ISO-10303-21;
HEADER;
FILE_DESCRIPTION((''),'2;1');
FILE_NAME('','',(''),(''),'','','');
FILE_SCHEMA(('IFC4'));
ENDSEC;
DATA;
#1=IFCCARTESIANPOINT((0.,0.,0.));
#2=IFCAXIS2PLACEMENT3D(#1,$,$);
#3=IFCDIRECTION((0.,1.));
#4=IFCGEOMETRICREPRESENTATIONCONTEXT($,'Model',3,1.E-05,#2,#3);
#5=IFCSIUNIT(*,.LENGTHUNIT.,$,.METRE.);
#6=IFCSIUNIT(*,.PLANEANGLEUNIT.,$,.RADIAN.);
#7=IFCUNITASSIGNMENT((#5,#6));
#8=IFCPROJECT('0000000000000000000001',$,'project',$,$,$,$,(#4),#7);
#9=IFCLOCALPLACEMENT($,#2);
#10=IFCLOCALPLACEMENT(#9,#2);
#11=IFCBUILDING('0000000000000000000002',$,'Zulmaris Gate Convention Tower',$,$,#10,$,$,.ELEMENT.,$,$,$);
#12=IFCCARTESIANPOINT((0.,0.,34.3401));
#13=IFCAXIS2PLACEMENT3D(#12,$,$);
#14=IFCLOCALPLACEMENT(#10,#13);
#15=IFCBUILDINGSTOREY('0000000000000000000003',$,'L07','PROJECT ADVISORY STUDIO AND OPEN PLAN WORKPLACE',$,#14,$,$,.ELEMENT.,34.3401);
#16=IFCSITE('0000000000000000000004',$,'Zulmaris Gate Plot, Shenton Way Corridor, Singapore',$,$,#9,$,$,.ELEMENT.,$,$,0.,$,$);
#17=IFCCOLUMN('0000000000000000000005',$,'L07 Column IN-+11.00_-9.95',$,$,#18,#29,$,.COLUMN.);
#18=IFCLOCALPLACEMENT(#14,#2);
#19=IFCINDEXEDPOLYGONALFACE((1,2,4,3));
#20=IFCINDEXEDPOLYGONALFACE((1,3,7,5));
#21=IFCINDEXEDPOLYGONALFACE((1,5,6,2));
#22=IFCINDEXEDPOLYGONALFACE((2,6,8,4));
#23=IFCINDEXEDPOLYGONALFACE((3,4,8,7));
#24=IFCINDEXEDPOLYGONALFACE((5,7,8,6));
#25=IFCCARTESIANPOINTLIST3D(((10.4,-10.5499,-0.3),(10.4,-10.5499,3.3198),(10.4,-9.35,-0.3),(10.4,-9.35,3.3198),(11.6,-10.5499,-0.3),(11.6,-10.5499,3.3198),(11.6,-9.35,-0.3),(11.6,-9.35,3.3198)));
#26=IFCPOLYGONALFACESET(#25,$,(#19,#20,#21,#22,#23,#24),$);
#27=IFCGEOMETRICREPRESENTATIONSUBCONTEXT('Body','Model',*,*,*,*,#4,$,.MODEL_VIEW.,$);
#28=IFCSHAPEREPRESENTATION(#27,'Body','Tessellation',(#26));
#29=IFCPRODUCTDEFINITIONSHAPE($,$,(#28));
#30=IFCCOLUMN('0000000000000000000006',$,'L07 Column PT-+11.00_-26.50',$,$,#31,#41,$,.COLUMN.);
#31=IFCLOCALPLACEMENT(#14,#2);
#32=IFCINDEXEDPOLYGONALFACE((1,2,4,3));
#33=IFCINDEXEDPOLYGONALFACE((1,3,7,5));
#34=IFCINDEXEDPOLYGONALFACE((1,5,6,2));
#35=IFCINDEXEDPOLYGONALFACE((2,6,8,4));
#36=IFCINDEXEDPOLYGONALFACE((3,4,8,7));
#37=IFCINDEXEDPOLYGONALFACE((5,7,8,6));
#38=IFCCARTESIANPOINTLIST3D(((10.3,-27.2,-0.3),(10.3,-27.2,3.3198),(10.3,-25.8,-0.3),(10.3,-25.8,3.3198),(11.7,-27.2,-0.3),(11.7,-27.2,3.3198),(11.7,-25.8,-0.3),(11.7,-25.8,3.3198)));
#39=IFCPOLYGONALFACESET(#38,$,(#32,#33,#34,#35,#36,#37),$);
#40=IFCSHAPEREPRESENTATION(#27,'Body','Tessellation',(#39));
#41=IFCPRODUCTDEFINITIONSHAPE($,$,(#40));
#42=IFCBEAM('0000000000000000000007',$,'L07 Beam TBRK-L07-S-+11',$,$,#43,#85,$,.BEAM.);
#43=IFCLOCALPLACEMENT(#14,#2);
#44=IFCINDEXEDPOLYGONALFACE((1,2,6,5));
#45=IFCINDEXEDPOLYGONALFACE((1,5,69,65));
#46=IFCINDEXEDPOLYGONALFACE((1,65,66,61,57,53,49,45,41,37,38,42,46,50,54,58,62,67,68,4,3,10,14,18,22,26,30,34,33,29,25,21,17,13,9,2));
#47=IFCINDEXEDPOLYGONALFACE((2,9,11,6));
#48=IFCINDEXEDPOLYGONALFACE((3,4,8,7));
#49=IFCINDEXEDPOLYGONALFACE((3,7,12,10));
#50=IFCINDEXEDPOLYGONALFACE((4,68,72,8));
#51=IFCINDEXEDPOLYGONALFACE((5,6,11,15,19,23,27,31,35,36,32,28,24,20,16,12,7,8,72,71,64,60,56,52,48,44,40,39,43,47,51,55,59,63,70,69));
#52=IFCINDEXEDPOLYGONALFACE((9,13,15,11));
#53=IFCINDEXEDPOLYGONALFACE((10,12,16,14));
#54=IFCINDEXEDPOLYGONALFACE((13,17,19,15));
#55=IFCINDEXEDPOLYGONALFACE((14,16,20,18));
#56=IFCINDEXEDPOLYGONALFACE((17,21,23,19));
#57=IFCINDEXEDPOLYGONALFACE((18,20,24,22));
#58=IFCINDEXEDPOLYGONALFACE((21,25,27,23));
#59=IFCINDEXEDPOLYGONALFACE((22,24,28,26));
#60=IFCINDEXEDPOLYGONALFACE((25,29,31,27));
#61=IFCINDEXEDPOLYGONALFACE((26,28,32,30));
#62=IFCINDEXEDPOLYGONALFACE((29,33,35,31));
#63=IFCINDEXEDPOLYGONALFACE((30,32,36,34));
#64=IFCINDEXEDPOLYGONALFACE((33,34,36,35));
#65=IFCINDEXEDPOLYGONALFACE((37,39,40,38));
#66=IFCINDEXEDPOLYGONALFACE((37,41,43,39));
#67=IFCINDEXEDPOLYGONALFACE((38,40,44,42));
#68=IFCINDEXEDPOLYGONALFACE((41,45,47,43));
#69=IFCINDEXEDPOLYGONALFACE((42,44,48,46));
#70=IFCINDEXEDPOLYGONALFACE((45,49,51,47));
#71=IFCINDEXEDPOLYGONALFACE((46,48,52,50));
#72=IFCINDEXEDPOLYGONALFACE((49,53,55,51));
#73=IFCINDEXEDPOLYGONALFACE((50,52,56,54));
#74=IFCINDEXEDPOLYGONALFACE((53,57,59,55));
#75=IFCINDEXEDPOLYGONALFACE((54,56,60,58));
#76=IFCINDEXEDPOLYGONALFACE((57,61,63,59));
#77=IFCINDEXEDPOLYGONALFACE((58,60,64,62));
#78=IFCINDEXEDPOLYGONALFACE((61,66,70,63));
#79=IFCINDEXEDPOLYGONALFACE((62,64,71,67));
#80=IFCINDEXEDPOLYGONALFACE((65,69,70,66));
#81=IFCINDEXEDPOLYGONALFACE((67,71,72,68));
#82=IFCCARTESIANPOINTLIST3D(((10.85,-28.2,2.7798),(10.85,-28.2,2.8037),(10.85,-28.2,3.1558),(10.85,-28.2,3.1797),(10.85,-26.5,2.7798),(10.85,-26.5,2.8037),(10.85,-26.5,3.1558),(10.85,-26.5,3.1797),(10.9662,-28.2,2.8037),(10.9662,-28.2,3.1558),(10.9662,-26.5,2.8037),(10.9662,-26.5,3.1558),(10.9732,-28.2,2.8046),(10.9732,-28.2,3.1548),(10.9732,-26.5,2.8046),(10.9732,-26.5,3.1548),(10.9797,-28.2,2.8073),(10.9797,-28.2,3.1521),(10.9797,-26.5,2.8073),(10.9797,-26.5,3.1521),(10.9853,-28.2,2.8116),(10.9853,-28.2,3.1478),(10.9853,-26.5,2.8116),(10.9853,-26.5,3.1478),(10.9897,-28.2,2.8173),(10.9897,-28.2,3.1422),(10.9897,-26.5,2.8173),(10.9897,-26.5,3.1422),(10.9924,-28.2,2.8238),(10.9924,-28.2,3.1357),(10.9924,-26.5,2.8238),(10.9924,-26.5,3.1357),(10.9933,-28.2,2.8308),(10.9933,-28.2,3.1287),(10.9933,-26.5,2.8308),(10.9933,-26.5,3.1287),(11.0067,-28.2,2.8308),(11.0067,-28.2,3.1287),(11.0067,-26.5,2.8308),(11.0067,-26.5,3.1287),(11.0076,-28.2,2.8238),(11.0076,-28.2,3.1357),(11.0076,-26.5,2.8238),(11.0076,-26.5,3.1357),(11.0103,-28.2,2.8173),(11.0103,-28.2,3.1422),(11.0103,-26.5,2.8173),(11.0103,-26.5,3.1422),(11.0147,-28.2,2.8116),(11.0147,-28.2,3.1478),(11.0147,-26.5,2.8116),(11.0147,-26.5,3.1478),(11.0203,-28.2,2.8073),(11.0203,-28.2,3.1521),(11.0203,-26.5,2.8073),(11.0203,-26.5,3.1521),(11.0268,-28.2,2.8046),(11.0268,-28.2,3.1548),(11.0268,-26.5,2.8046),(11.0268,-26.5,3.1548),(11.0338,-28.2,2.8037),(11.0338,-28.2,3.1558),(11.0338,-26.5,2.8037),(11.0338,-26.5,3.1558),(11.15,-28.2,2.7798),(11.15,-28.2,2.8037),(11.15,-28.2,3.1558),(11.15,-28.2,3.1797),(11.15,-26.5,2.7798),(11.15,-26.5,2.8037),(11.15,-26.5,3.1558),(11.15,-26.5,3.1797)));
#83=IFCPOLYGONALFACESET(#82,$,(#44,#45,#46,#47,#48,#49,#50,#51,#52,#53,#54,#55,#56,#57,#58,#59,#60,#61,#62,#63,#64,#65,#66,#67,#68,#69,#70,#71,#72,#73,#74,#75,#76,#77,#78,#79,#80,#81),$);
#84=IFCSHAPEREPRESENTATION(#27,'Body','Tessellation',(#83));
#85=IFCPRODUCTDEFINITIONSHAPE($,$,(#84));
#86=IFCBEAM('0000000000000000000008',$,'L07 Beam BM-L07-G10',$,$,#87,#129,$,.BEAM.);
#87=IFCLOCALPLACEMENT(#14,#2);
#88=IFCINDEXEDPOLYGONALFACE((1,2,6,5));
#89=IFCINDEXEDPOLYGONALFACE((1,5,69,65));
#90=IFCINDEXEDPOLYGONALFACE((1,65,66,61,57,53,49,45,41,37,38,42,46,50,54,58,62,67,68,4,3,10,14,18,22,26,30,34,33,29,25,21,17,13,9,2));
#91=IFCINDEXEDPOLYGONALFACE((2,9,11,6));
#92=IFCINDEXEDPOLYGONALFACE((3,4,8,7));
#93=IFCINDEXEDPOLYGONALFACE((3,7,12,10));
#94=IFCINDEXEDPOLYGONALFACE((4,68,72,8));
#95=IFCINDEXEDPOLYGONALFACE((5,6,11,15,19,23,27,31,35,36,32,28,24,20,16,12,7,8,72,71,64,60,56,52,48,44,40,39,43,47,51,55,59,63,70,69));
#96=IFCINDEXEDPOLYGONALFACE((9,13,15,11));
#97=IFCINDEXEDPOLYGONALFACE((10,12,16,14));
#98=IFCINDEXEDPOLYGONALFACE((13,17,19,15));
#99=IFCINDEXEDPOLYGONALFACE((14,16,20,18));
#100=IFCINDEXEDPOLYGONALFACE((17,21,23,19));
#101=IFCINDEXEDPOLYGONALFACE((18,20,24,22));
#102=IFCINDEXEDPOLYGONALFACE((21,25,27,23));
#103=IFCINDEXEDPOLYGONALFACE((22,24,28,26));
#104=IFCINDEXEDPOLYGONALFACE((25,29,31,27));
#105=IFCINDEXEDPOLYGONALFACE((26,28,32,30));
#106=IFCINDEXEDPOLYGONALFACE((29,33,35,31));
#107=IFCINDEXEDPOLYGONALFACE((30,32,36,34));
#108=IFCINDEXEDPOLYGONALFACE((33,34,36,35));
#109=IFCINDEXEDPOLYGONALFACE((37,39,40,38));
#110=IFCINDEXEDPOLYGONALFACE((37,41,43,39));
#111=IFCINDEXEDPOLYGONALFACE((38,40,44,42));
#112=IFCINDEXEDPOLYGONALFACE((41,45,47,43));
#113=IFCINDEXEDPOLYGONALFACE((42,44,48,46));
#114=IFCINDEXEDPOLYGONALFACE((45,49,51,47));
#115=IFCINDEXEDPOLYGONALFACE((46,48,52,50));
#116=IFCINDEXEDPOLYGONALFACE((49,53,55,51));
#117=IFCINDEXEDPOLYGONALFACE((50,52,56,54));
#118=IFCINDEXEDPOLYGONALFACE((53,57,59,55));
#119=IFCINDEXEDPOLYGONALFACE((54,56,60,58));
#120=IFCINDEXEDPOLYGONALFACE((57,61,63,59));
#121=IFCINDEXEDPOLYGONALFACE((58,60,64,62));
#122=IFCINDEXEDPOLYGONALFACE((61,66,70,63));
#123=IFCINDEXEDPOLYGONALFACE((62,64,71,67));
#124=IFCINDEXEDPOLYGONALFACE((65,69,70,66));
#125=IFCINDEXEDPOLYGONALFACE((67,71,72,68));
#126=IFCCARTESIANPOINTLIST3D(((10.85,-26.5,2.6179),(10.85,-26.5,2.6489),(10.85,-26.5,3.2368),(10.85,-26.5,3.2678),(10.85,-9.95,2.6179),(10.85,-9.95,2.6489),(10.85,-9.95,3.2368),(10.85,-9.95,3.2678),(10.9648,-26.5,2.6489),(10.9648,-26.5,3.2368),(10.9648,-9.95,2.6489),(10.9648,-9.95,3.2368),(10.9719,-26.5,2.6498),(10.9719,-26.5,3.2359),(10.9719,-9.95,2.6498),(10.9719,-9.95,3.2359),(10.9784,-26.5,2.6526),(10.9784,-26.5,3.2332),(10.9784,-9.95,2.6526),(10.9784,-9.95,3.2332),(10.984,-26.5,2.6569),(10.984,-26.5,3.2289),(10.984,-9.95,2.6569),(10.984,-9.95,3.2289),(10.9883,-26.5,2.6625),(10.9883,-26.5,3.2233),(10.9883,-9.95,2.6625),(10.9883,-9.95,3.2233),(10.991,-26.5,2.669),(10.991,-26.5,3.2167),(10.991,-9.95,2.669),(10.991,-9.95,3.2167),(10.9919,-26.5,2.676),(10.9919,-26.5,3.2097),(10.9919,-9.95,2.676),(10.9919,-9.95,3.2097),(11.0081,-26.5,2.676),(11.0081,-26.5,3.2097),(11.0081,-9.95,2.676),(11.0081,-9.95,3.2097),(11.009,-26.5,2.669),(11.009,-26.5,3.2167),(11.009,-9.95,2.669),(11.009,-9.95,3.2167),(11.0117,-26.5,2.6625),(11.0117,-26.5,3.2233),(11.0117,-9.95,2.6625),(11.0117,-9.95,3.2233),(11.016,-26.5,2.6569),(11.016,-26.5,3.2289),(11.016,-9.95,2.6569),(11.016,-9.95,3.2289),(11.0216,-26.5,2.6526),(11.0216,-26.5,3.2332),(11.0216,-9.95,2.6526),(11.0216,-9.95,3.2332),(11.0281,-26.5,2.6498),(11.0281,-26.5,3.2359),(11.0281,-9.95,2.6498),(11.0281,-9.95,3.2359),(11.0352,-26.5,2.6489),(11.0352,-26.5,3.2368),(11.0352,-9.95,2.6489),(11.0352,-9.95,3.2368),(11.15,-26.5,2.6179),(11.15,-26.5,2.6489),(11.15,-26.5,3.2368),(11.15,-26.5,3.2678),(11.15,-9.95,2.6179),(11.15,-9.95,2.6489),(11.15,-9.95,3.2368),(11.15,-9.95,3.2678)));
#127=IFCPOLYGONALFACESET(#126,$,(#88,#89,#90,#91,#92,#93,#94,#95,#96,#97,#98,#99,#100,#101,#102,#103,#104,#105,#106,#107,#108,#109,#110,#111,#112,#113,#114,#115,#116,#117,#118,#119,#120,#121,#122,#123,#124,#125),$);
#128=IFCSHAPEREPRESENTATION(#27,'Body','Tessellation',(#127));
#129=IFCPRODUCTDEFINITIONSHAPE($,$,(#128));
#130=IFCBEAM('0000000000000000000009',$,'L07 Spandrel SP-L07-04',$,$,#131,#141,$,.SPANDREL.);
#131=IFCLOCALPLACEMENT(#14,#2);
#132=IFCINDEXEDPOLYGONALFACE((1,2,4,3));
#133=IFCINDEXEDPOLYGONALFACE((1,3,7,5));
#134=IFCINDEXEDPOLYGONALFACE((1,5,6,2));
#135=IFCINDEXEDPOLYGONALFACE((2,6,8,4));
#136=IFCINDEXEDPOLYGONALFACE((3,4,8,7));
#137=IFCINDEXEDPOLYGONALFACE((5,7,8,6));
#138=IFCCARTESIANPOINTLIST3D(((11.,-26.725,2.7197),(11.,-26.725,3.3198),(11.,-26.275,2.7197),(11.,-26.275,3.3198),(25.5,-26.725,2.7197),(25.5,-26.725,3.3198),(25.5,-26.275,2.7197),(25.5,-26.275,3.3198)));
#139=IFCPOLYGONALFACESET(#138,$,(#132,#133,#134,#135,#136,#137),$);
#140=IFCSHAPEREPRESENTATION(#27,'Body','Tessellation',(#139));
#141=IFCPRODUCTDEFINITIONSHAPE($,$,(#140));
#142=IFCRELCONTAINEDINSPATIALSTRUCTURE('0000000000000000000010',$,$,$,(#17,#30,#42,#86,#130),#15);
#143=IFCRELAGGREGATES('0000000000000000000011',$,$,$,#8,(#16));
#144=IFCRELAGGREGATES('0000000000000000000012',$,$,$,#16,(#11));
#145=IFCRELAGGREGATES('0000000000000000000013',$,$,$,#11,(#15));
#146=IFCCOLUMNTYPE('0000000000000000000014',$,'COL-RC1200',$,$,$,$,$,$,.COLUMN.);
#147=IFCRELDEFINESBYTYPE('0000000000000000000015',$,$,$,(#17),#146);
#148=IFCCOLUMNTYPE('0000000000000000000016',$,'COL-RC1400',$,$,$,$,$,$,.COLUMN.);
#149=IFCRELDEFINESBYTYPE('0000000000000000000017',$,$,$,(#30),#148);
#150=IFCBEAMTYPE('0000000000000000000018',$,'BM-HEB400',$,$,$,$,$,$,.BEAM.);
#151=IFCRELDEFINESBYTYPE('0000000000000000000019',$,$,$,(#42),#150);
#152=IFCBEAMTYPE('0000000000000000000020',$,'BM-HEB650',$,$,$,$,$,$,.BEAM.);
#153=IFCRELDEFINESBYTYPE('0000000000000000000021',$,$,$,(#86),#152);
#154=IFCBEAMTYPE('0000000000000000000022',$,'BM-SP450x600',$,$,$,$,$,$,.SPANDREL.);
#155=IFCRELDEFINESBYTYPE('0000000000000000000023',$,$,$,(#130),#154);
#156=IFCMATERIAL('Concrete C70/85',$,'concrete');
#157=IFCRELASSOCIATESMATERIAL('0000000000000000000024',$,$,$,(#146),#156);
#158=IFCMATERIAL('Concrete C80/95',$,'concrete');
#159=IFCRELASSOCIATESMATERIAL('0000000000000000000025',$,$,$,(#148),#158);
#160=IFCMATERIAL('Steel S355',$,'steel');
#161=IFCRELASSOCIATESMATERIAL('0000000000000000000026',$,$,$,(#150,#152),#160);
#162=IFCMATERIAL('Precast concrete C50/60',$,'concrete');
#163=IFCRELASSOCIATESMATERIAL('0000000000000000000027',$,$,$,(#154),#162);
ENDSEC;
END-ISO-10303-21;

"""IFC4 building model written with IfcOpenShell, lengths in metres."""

from ifc_helpers import new_model, si_unit, direction, frame, origin, origin_2d, place, context, subcontext, project, spatial, rectangle, i_section, extrude, material, material_profile, profile_set, type_object, element, save


model = new_model("IFC4")

# Units and contexts
model_context = context("Model", 3, precision=1e-05, world=origin(), true_north=direction((0.0, 1.0)))
body_context = subcontext(model_context, "Body", "Model", "MODEL_VIEW")
ifc_project = project(units=[si_unit("LENGTHUNIT", "METRE"), si_unit("PLANEANGLEUNIT", "RADIAN")], contexts=[model_context])

# Site, building, storey
site_placement = place(None, origin())
site = spatial("IfcSite", under=ifc_project, at=site_placement, Name="Zulmaris Gate Plot, Shenton Way Corridor, Singapore", CompositionType="ELEMENT", RefElevation=0.0)
building_placement = place(site_placement, origin())
building = spatial("IfcBuilding", under=site, at=building_placement, Name="Zulmaris Gate Convention Tower", CompositionType="ELEMENT")
storey_placement = place(building_placement, frame((0.0, 0.0, 34.3401)))
storey = spatial("IfcBuildingStorey", under=building, at=storey_placement, Name="L07", Description="PROJECT ADVISORY STUDIO AND OPEN PLAN WORKPLACE", CompositionType="ELEMENT", Elevation=34.3401)

# Columns
ifc_material_1 = material(Name="Concrete C70/85", Category="concrete")
ifc_material_profile_1 = material_profile(ifc_material_1, rectangle(XDim=1.2, YDim=1.2, at=origin_2d()), Name="RC COL 1200x1200")
ifc_profile_set_1 = profile_set([ifc_material_profile_1], Name="Concrete C70/85")
column_type_1 = type_object("IfcColumnType", Name="COL-RC1200", PredefinedType="COLUMN", material=ifc_profile_set_1)
column_1_placement = place(storey_placement, frame((11.0, -9.95, -0.3), z_axis=(0.0, 0.0, 1.0), x_axis=(1.0, 0.0, 0.0)))
element("IfcColumn", 1, at=column_1_placement, inside=storey, type_object=column_type_1, Name="L07 Column IN-+11.00_-9.95", PredefinedType="COLUMN", context=body_context, shape_type="SweptSolid", body=[
    extrude(rectangle(XDim=1.2, YDim=1.2, at=origin_2d()), origin(), (0.0, 0.0, 1.0), 3.6199),
])
ifc_material_2 = material(Name="Concrete C80/95", Category="concrete")
ifc_material_profile_2 = material_profile(ifc_material_2, rectangle(XDim=1.3999, YDim=1.3999, at=origin_2d()), Name="RC COL 1400x1400")
ifc_profile_set_2 = profile_set([ifc_material_profile_2], Name="Concrete C80/95")
column_type_2 = type_object("IfcColumnType", Name="COL-RC1400", PredefinedType="COLUMN", material=ifc_profile_set_2)
column_2_placement = place(storey_placement, frame((11.0, -26.5, -0.3), z_axis=(0.0, 0.0, 1.0), x_axis=(1.0, 0.0, 0.0)))
element("IfcColumn", 2, at=column_2_placement, inside=storey, type_object=column_type_2, Name="L07 Column PT-+11.00_-26.50", PredefinedType="COLUMN", context=body_context, shape_type="SweptSolid", body=[
    extrude(rectangle(XDim=1.3999, YDim=1.3999, at=origin_2d()), origin(), (0.0, 0.0, 1.0), 3.6199),
])

# Beams
ifc_material_3 = material(Name="Steel S355", Category="steel")
ifc_material_profile_3 = material_profile(ifc_material_3, i_section(OverallWidth=0.3, OverallDepth=0.3999, WebThickness=0.0134, FlangeThickness=0.0239, FilletRadius=0.0271, at=origin_2d()), Name="HEB 400")
ifc_profile_set_3 = profile_set([ifc_material_profile_3], Name="Steel S355")
beam_type_1 = type_object("IfcBeamType", Name="BM-HEB400", PredefinedType="BEAM", material=ifc_profile_set_3)
beam_1_placement = place(storey_placement, frame((11.0, -28.2, 2.9797), z_axis=(0.0, 1.0, 0.0), x_axis=(-1.0, 0.0, 0.0)))
element("IfcBeam", 3, at=beam_1_placement, inside=storey, type_object=beam_type_1, Name="L07 Beam TBRK-L07-S-+11", PredefinedType="BEAM", context=body_context, shape_type="SweptSolid", body=[
    extrude(i_section(OverallWidth=0.3, OverallDepth=0.3999, WebThickness=0.0134, FlangeThickness=0.0239, FilletRadius=0.0271, at=origin_2d()), origin(), (0.0, 0.0, 1.0), 1.7),
])
ifc_material_profile_4 = material_profile(ifc_material_3, i_section(OverallWidth=0.3, OverallDepth=0.6499, WebThickness=0.0161, FlangeThickness=0.031, FilletRadius=0.0271, at=origin_2d()), Name="HEB 650")
ifc_profile_set_4 = profile_set([ifc_material_profile_4], Name="Steel S355")
beam_type_2 = type_object("IfcBeamType", Name="BM-HEB650", PredefinedType="BEAM", material=ifc_profile_set_4)
beam_2_placement = place(storey_placement, frame((11.0, -26.5, 2.9429), z_axis=(0.0, 1.0, 0.0), x_axis=(-1.0, 0.0, 0.0)))
element("IfcBeam", 4, at=beam_2_placement, inside=storey, type_object=beam_type_2, Name="L07 Beam BM-L07-G10", PredefinedType="BEAM", context=body_context, shape_type="SweptSolid", body=[
    extrude(i_section(OverallWidth=0.3, OverallDepth=0.6499, WebThickness=0.0161, FlangeThickness=0.031, FilletRadius=0.0271, at=origin_2d()), origin(), (0.0, 0.0, 1.0), 16.55),
])
ifc_material_4 = material(Name="Precast concrete C50/60", Category="concrete")
ifc_material_profile_5 = material_profile(ifc_material_4, rectangle(XDim=0.45, YDim=0.6001, at=origin_2d()), Name="RC SPANDREL 450x600")
ifc_profile_set_5 = profile_set([ifc_material_profile_5], Name="Precast concrete C50/60")
beam_type_3 = type_object("IfcBeamType", Name="BM-SP450x600", PredefinedType="SPANDREL", material=ifc_profile_set_5)
beam_3_placement = place(storey_placement, frame((11.0, -26.5, 3.0198), z_axis=(1.0, 0.0, 0.0), x_axis=(0.0, 1.0, 0.0)))
element("IfcBeam", 5, at=beam_3_placement, inside=storey, type_object=beam_type_3, Name="L07 Spandrel SP-L07-04", PredefinedType="SPANDREL", context=body_context, shape_type="SweptSolid", body=[
    extrude(rectangle(XDim=0.45, YDim=0.6001, at=origin_2d()), origin(), (0.0, 0.0, 1.0), 14.5),
])

save(model, "model.ifc")
